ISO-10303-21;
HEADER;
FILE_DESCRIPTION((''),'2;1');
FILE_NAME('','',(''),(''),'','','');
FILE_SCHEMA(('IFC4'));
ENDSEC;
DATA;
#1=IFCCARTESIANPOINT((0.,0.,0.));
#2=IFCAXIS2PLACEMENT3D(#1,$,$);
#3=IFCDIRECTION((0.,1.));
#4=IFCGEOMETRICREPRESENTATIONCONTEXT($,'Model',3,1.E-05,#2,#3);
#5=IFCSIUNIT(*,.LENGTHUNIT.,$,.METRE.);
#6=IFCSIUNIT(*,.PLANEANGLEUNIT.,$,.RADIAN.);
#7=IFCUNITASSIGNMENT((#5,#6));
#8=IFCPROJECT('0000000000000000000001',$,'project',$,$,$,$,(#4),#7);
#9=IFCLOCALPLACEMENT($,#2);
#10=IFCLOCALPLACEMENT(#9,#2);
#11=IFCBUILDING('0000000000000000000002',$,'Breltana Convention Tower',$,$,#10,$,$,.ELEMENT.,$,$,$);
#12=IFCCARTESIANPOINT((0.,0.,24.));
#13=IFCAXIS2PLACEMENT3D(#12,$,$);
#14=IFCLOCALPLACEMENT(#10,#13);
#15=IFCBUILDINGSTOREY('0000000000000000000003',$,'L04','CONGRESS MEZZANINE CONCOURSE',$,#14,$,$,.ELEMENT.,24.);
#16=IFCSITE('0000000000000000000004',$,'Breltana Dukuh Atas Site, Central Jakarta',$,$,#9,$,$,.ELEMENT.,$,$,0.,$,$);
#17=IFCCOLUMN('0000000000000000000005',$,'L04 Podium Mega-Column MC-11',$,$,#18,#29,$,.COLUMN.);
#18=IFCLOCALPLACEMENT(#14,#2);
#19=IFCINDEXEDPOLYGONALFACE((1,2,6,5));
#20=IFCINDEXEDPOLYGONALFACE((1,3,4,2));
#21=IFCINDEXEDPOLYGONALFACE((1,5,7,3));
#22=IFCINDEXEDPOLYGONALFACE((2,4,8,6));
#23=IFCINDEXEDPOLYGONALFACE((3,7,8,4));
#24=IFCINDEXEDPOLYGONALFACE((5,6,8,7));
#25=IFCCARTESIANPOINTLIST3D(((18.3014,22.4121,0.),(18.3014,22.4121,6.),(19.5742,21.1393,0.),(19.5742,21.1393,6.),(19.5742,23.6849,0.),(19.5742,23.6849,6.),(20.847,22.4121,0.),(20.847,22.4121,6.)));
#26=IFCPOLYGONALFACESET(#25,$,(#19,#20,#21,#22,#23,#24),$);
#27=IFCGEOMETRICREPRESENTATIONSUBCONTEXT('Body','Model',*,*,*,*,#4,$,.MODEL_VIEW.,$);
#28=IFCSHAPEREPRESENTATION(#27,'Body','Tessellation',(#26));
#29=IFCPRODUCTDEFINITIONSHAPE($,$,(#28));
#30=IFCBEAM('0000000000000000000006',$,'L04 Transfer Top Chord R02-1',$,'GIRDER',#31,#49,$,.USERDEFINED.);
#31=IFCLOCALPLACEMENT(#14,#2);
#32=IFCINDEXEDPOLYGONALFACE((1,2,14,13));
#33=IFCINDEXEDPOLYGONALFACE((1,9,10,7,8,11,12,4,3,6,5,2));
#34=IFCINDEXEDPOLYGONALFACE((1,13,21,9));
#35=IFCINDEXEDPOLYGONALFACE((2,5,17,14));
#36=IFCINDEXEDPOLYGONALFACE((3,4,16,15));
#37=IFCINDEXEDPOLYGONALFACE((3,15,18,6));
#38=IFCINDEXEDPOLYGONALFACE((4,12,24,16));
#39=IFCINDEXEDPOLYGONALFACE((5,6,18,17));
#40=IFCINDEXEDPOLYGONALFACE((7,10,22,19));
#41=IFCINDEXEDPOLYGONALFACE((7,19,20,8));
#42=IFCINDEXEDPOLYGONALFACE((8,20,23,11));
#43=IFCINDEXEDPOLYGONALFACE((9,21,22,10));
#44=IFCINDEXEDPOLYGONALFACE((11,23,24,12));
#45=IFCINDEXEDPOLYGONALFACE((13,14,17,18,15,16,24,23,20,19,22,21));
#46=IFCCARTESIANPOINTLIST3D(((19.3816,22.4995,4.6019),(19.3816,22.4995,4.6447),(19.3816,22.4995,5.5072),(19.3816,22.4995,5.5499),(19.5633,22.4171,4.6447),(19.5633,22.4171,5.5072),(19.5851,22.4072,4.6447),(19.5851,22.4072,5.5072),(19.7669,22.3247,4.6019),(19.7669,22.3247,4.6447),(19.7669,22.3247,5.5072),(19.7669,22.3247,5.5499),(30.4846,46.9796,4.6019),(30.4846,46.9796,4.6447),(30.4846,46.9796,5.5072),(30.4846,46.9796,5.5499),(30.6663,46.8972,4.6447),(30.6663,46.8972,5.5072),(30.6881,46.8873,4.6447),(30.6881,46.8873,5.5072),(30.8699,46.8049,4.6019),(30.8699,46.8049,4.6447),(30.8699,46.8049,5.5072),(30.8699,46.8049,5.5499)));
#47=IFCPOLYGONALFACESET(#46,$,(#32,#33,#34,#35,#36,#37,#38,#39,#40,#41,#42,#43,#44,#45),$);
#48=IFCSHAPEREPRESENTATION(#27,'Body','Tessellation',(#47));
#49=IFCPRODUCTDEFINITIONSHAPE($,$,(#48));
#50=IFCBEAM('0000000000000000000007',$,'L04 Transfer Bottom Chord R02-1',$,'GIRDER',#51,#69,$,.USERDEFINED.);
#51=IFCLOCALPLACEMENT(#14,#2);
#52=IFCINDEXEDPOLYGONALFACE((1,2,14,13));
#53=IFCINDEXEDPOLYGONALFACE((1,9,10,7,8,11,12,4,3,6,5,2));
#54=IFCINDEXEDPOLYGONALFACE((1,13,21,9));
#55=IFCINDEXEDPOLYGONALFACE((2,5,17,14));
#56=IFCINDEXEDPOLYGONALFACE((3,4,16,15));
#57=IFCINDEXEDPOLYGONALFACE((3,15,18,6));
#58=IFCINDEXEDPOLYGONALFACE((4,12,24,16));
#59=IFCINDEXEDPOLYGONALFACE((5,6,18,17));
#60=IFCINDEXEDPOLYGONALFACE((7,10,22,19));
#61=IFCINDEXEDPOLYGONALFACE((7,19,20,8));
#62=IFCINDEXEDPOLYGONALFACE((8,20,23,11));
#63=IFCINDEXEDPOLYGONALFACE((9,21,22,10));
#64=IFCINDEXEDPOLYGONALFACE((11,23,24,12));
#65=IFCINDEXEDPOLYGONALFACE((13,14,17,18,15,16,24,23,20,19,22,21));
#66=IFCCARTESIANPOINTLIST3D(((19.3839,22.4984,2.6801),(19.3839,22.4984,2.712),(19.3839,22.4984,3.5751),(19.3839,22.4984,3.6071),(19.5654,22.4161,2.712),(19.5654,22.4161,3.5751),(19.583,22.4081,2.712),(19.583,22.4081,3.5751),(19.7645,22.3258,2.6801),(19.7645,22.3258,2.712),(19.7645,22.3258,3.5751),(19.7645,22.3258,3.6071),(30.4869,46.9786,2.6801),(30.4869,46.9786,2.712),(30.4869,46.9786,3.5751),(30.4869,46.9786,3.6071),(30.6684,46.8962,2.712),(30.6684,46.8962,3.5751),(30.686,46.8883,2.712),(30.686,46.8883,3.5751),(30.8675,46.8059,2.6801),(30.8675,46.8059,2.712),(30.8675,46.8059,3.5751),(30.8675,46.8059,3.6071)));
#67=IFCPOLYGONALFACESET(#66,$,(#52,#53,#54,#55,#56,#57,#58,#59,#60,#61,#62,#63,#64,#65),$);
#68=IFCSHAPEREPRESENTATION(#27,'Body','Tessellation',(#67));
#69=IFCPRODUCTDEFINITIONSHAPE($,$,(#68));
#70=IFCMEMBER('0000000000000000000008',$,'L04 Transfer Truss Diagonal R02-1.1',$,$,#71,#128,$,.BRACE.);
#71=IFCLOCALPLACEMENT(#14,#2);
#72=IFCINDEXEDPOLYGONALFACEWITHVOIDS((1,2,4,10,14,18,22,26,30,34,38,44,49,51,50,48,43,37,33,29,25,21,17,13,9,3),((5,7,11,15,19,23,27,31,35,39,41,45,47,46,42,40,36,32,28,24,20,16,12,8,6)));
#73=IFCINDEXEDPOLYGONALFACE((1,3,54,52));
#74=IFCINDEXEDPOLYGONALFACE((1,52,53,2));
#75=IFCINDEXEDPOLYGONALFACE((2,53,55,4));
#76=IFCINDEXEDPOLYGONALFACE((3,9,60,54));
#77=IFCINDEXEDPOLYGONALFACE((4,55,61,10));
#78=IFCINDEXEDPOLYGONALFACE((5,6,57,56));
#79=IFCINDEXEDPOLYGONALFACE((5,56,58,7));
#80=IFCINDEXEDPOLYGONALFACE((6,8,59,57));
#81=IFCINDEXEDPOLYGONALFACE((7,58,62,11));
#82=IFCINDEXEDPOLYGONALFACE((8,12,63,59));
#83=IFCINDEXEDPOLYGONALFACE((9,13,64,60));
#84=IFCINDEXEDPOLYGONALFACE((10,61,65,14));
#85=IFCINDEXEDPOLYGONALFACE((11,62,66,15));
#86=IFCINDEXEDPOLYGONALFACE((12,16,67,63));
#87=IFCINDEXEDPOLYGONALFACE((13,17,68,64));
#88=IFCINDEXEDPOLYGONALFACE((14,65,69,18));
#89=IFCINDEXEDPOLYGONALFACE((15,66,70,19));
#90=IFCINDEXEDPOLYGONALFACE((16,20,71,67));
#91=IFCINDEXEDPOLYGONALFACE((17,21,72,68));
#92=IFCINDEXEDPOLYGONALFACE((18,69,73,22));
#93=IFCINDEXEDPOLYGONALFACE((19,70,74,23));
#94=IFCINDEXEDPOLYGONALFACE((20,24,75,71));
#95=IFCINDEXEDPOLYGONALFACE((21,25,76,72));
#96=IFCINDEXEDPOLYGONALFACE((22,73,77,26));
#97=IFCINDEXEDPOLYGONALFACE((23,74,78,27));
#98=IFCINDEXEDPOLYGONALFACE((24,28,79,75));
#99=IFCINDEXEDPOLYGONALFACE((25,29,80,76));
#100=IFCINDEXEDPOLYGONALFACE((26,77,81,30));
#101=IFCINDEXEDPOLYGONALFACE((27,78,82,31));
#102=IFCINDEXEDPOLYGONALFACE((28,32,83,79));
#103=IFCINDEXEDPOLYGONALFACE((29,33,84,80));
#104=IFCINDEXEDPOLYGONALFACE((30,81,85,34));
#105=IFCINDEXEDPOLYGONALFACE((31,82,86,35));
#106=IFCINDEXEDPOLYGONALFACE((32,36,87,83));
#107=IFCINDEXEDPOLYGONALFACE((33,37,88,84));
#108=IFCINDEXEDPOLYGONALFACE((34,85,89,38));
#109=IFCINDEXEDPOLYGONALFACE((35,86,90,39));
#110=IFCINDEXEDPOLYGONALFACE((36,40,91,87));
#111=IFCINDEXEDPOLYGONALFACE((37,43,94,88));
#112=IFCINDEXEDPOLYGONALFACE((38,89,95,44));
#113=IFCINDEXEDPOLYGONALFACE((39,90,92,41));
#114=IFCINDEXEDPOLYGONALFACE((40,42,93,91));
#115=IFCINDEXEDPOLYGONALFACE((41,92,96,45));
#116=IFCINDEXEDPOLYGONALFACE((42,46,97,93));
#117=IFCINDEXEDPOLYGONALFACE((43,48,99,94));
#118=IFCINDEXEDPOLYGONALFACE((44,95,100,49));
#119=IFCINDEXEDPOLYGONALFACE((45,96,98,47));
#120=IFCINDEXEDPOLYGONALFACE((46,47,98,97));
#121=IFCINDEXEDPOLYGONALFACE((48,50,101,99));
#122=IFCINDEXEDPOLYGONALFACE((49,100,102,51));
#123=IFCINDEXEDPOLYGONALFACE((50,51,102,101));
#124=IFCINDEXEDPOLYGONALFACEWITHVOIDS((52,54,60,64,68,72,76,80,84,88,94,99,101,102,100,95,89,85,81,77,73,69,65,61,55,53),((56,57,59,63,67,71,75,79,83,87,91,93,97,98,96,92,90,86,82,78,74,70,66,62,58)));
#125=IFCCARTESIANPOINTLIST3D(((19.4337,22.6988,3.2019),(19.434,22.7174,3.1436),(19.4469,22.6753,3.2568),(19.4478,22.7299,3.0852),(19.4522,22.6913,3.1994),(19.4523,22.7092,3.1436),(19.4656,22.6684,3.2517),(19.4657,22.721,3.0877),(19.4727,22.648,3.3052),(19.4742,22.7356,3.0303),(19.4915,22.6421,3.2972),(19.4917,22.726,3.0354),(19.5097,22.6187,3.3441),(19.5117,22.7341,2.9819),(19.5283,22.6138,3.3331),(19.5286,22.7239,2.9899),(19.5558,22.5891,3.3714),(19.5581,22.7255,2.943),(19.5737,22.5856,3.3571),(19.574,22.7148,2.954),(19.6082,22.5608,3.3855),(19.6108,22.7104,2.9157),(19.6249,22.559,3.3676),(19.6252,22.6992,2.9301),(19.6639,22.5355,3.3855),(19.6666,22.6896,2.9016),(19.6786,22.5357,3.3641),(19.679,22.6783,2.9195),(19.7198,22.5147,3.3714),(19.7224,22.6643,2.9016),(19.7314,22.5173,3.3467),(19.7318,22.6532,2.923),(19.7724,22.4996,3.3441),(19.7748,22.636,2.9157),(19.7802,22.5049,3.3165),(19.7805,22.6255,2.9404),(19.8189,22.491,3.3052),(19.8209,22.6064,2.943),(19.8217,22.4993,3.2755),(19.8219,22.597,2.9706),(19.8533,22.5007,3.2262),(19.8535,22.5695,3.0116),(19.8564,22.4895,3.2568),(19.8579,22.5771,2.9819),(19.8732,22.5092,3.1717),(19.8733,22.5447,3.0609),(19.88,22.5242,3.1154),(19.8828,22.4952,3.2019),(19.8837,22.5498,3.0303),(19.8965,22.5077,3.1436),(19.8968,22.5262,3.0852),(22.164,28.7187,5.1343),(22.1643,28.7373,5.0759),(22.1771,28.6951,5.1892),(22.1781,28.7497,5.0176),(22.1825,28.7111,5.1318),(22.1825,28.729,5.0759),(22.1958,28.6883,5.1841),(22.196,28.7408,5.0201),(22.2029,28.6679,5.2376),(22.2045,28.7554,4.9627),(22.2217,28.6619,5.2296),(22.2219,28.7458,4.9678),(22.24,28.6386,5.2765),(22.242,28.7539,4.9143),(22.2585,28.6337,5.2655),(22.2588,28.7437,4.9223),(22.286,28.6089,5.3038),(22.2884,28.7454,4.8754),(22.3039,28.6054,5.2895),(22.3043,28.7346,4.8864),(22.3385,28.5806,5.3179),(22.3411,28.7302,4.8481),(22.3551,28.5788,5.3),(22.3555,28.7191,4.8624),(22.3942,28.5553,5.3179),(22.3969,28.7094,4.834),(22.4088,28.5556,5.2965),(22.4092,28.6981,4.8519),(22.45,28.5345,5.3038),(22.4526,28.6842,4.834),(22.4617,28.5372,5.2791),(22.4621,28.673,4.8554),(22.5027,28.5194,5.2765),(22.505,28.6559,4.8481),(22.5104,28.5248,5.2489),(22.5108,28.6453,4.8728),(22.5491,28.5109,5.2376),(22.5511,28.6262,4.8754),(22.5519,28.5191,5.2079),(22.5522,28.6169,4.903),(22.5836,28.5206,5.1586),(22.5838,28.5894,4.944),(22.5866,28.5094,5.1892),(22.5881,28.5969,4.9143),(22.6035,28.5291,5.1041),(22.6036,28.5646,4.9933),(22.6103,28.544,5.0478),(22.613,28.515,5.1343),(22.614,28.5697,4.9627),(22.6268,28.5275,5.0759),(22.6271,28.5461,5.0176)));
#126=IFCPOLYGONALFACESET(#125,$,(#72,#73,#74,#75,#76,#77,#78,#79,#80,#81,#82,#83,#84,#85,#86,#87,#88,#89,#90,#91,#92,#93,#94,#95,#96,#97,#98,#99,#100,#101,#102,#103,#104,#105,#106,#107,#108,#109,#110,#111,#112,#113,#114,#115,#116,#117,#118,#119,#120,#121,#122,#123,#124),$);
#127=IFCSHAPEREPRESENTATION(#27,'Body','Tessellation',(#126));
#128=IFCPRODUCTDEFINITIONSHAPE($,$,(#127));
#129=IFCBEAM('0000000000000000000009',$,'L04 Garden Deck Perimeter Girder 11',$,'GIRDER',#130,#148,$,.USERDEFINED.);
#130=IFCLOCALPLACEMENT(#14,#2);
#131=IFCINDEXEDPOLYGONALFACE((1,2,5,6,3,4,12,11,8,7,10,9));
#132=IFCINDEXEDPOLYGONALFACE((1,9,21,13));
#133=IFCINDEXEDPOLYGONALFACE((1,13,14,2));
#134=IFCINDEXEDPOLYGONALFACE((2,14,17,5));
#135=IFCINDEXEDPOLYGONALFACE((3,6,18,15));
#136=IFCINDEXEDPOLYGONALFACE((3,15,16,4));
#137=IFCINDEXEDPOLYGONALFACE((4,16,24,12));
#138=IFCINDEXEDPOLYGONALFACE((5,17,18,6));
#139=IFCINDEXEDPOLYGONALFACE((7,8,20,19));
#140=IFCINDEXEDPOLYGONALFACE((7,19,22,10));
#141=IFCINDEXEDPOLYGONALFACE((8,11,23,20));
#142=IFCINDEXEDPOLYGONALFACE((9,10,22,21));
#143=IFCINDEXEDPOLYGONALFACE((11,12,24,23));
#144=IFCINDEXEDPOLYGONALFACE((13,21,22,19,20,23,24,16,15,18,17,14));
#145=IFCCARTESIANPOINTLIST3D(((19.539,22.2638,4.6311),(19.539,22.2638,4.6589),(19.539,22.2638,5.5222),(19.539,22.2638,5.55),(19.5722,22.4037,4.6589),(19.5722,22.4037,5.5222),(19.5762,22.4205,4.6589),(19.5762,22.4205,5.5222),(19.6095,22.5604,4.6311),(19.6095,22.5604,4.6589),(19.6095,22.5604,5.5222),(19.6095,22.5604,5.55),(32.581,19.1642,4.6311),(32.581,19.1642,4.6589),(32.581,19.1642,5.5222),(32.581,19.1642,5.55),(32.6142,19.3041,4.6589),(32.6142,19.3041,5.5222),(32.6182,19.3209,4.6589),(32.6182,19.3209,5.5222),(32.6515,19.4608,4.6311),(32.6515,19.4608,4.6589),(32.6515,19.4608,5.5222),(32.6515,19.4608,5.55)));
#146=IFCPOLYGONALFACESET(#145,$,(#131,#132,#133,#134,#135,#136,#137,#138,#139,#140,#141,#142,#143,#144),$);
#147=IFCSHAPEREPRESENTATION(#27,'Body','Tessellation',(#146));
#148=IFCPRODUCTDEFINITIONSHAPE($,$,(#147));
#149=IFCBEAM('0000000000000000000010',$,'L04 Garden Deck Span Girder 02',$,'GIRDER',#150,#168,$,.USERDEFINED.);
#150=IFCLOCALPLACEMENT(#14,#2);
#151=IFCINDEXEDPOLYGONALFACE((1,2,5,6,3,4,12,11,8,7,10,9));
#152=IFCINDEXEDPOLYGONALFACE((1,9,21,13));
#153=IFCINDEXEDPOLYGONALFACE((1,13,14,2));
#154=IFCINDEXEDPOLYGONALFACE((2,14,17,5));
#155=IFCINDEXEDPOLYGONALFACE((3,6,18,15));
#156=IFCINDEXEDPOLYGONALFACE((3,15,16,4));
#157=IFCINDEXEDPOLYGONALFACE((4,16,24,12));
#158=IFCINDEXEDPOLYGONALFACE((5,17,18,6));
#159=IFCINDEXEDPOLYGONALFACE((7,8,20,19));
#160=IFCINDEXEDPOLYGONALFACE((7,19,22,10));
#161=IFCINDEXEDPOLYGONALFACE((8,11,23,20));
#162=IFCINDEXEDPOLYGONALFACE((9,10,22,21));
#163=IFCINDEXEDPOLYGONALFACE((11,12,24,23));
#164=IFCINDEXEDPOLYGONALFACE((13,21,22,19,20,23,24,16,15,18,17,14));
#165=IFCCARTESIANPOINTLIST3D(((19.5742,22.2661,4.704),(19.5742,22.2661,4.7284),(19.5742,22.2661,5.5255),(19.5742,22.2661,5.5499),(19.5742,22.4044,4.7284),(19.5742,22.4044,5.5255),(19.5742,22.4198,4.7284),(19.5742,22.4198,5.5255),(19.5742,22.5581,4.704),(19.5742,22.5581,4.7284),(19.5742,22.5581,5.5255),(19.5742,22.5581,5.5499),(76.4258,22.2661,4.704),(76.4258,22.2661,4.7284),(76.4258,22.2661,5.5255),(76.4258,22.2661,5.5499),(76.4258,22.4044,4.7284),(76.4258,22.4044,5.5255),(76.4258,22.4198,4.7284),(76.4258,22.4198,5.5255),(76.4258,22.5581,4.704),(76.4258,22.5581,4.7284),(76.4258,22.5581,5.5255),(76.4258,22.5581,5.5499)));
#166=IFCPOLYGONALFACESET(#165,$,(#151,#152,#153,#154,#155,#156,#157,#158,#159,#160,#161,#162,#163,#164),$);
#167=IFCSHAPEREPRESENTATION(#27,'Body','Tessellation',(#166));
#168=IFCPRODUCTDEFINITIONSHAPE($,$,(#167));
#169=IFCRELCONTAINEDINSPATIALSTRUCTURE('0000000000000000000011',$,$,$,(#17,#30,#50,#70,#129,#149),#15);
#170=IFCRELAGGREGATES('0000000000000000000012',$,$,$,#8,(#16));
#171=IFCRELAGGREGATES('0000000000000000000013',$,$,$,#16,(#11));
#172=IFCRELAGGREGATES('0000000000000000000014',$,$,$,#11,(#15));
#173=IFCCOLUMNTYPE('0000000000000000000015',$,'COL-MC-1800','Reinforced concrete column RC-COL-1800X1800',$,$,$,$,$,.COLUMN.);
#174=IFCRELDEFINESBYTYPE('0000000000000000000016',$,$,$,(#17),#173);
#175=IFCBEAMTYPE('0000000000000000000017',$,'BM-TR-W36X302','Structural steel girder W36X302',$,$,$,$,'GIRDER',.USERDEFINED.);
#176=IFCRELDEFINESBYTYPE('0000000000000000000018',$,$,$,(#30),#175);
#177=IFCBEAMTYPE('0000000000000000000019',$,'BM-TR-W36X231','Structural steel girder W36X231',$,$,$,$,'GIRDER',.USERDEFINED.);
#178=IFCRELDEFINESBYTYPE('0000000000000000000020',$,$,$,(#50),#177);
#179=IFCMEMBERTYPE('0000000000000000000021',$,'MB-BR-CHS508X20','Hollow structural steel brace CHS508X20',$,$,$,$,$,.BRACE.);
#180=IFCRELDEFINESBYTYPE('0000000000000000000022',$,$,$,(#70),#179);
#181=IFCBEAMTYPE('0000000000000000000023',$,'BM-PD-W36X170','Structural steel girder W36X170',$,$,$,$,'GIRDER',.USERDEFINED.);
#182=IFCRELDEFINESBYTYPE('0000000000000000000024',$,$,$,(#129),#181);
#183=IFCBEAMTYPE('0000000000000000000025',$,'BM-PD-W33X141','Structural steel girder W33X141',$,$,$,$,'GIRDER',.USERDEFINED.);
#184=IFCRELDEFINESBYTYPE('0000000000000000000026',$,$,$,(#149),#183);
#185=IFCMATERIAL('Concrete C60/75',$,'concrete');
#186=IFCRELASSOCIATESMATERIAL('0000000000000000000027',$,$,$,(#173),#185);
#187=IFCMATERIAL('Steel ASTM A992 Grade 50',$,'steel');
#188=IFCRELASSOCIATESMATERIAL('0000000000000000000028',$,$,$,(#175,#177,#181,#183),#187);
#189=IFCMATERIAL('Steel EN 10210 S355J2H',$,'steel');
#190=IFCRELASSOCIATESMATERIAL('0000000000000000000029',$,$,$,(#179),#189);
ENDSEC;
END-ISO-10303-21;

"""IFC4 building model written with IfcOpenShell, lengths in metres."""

from ifc_helpers import new_model, si_unit, direction, frame, origin, origin_2d, place, context, subcontext, project, spatial, rectangle, hollow_circle, i_section, extrude, source, transform, mapped, material, material_profile, profile_set, type_object, type_shapes, element, save


model = new_model("IFC4")

# Units and contexts
model_context = context("Model", 3, precision=1e-05, world=origin(), true_north=direction((0.0, 1.0)))
body_context = subcontext(model_context, "Body", "Model", "MODEL_VIEW")
ifc_project = project(units=[si_unit("LENGTHUNIT", "METRE"), si_unit("PLANEANGLEUNIT", "RADIAN")], contexts=[model_context])

# Site, building, storey
site_placement = place(None, origin())
site = spatial("IfcSite", under=ifc_project, at=site_placement, Name="Breltana Dukuh Atas Site, Central Jakarta", CompositionType="ELEMENT", RefElevation=0.0)
building_placement = place(site_placement, origin())
building = spatial("IfcBuilding", under=site, at=building_placement, Name="Breltana Convention Tower", CompositionType="ELEMENT")
storey_placement = place(building_placement, frame((0.0, 0.0, 24.0)))
storey = spatial("IfcBuildingStorey", under=building, at=storey_placement, Name="L04", Description="CONGRESS MEZZANINE CONCOURSE", CompositionType="ELEMENT", Elevation=24.0)

# Column
ifc_material_1 = material(Name="Concrete C60/75", Category="concrete")
ifc_material_profile_1 = material_profile(ifc_material_1, rectangle(XDim=1.8, YDim=1.8, at=origin_2d()), Name="RC-COL-1800X1800")
ifc_profile_set_1 = profile_set([ifc_material_profile_1], Name="Concrete C60/75")
column_type = type_object("IfcColumnType", Name="COL-MC-1800", Description="Reinforced concrete column RC-COL-1800X1800", PredefinedType="COLUMN", material=ifc_profile_set_1)
shared_shape_1 = source(origin(), body_context, "Body", "SweptSolid", [
    extrude(rectangle(XDim=1.8, YDim=1.8, at=origin_2d()), origin(), (0.0, 0.0, 1.0), 6.0),
])
type_shapes(column_type, [shared_shape_1])
column_placement = place(storey_placement, frame((19.5742, 22.4121, 0.0), z_axis=(0.0, 0.0, 1.0), x_axis=(-0.707107, -0.707107, 0.0)))
element("IfcColumn", 1, at=column_placement, inside=storey, type_object=column_type, Name="L04 Podium Mega-Column MC-11", PredefinedType="COLUMN", context=body_context, shape_type="MappedRepresentation", body=[
    mapped(shared_shape_1, transform((0.0, 0.0, 0.0), scale=1.0)),
])

# Beams
ifc_material_2 = material(Name="Steel ASTM A992 Grade 50", Category="steel")
ifc_material_profile_2 = material_profile(ifc_material_2, i_section(OverallWidth=0.4231, OverallDepth=0.948, WebThickness=0.0239, FlangeThickness=0.0427, at=origin_2d()), Name="W36X302")
ifc_profile_set_2 = profile_set([ifc_material_profile_2], Name="Steel ASTM A992 Grade 50")
beam_type_1 = type_object("IfcBeamType", Name="BM-TR-W36X302", Description="Structural steel girder W36X302", ElementType="GIRDER", PredefinedType="USERDEFINED", material=ifc_profile_set_2)
shared_shape_2 = source(origin(), body_context, "Body", "SweptSolid", [
    extrude(i_section(OverallWidth=0.4231, OverallDepth=0.948, WebThickness=0.0239, FlangeThickness=0.0427, at=origin_2d()), origin(), (0.0, 0.0, 1.0), 26.8804),
])
beam_1_placement = place(storey_placement, frame((19.5742, 22.4121, 5.0759), z_axis=(0.413052, 0.910707, 0.0), x_axis=(-0.910707, 0.413052, 0.0)))
element("IfcBeam", 2, at=beam_1_placement, inside=storey, type_object=beam_type_1, Name="L04 Transfer Top Chord R02-1", ObjectType="GIRDER", PredefinedType="USERDEFINED", context=body_context, shape_type="MappedRepresentation", body=[
    mapped(shared_shape_2, transform((0.0, 0.0, 0.0), scale=1.0)),
])
ifc_material_profile_3 = material_profile(ifc_material_2, i_section(OverallWidth=0.418, OverallDepth=0.927, WebThickness=0.0193, FlangeThickness=0.032, at=origin_2d()), Name="W36X231")
ifc_profile_set_3 = profile_set([ifc_material_profile_3], Name="Steel ASTM A992 Grade 50")
beam_type_2 = type_object("IfcBeamType", Name="BM-TR-W36X231", Description="Structural steel girder W36X231", ElementType="GIRDER", PredefinedType="USERDEFINED", material=ifc_profile_set_3)
shared_shape_3 = source(origin(), body_context, "Body", "SweptSolid", [
    extrude(i_section(OverallWidth=0.418, OverallDepth=0.927, WebThickness=0.0193, FlangeThickness=0.032, at=origin_2d()), origin(), (0.0, 0.0, 1.0), 26.8804),
])
beam_2_placement = place(storey_placement, frame((19.5742, 22.4121, 3.1436), z_axis=(0.413052, 0.910707, 0.0), x_axis=(-0.910707, 0.413052, 0.0)))
element("IfcBeam", 3, at=beam_2_placement, inside=storey, type_object=beam_type_2, Name="L04 Transfer Bottom Chord R02-1", ObjectType="GIRDER", PredefinedType="USERDEFINED", context=body_context, shape_type="MappedRepresentation", body=[
    mapped(shared_shape_3, transform((0.0, 0.0, 0.0), scale=1.0)),
])

# Member
ifc_material_3 = material(Name="Steel EN 10210 S355J2H", Category="steel")
ifc_material_profile_4 = material_profile(ifc_material_3, hollow_circle(Radius=0.2539, WallThickness=0.02, at=origin_2d()), Name="CHS508X20")
ifc_profile_set_4 = profile_set([ifc_material_profile_4], Name="Steel EN 10210 S355J2H")
member_type = type_object("IfcMemberType", Name="MB-BR-CHS508X20", Description="Hollow structural steel brace CHS508X20", PredefinedType="BRACE", material=ifc_profile_set_4)
shared_shape_4 = source(origin(), body_context, "Body", "SweptSolid", [
    extrude(hollow_circle(Radius=0.2539, WallThickness=0.02, at=origin_2d()), origin(), (0.0, 0.0, 1.0), 6.8867),
])
member_placement = place(storey_placement, frame((19.6653, 22.6125, 3.1436), z_axis=(0.396452, 0.874123, 0.280597), x_axis=(-0.91071, 0.413046, 0.0)))
element("IfcMember", 4, at=member_placement, inside=storey, type_object=member_type, Name="L04 Transfer Truss Diagonal R02-1.1", PredefinedType="BRACE", context=body_context, shape_type="MappedRepresentation", body=[
    mapped(shared_shape_4, transform((0.0, 0.0, 0.0), scale=1.0)),
])

# Beams
ifc_material_profile_5 = material_profile(ifc_material_2, i_section(OverallWidth=0.3049, OverallDepth=0.9189, WebThickness=0.0173, FlangeThickness=0.0278, at=origin_2d()), Name="W36X170")
ifc_profile_set_5 = profile_set([ifc_material_profile_5], Name="Steel ASTM A992 Grade 50")
beam_type_3 = type_object("IfcBeamType", Name="BM-PD-W36X170", Description="Structural steel girder W36X170", ElementType="GIRDER", PredefinedType="USERDEFINED", material=ifc_profile_set_5)
shared_shape_5 = source(origin(), body_context, "Body", "SweptSolid", [
    extrude(i_section(OverallWidth=0.3049, OverallDepth=0.9189, WebThickness=0.0173, FlangeThickness=0.0278, at=origin_2d()), origin(), (0.0, 0.0, 1.0), 13.4053),
])
beam_3_placement = place(storey_placement, frame((19.5742, 22.4121, 5.0906), z_axis=(0.972901, -0.231223, 0.0), x_axis=(0.231223, 0.972901, 0.0)))
element("IfcBeam", 5, at=beam_3_placement, inside=storey, type_object=beam_type_3, Name="L04 Garden Deck Perimeter Girder 11", ObjectType="GIRDER", PredefinedType="USERDEFINED", context=body_context, shape_type="MappedRepresentation", body=[
    mapped(shared_shape_5, transform((0.0, 0.0, 0.0), scale=1.0)),
])
ifc_material_profile_6 = material_profile(ifc_material_2, i_section(OverallWidth=0.292, OverallDepth=0.8459, WebThickness=0.0154, FlangeThickness=0.0244, at=origin_2d()), Name="W33X141")
ifc_profile_set_6 = profile_set([ifc_material_profile_6], Name="Steel ASTM A992 Grade 50")
beam_type_4 = type_object("IfcBeamType", Name="BM-PD-W33X141", Description="Structural steel girder W33X141", ElementType="GIRDER", PredefinedType="USERDEFINED", material=ifc_profile_set_6)
shared_shape_6 = source(origin(), body_context, "Body", "SweptSolid", [
    extrude(i_section(OverallWidth=0.292, OverallDepth=0.8459, WebThickness=0.0154, FlangeThickness=0.0244, at=origin_2d()), origin(), (0.0, 0.0, 1.0), 56.8516),
])
beam_4_placement = place(storey_placement, frame((19.5742, 22.4121, 5.127), z_axis=(1.0, 0.0, 0.0), x_axis=(0.0, 1.0, 0.0)))
element("IfcBeam", 6, at=beam_4_placement, inside=storey, type_object=beam_type_4, Name="L04 Garden Deck Span Girder 02", ObjectType="GIRDER", PredefinedType="USERDEFINED", context=body_context, shape_type="MappedRepresentation", body=[
    mapped(shared_shape_6, transform((0.0, 0.0, 0.0), scale=1.0)),
])

save(model, "model.ifc")
